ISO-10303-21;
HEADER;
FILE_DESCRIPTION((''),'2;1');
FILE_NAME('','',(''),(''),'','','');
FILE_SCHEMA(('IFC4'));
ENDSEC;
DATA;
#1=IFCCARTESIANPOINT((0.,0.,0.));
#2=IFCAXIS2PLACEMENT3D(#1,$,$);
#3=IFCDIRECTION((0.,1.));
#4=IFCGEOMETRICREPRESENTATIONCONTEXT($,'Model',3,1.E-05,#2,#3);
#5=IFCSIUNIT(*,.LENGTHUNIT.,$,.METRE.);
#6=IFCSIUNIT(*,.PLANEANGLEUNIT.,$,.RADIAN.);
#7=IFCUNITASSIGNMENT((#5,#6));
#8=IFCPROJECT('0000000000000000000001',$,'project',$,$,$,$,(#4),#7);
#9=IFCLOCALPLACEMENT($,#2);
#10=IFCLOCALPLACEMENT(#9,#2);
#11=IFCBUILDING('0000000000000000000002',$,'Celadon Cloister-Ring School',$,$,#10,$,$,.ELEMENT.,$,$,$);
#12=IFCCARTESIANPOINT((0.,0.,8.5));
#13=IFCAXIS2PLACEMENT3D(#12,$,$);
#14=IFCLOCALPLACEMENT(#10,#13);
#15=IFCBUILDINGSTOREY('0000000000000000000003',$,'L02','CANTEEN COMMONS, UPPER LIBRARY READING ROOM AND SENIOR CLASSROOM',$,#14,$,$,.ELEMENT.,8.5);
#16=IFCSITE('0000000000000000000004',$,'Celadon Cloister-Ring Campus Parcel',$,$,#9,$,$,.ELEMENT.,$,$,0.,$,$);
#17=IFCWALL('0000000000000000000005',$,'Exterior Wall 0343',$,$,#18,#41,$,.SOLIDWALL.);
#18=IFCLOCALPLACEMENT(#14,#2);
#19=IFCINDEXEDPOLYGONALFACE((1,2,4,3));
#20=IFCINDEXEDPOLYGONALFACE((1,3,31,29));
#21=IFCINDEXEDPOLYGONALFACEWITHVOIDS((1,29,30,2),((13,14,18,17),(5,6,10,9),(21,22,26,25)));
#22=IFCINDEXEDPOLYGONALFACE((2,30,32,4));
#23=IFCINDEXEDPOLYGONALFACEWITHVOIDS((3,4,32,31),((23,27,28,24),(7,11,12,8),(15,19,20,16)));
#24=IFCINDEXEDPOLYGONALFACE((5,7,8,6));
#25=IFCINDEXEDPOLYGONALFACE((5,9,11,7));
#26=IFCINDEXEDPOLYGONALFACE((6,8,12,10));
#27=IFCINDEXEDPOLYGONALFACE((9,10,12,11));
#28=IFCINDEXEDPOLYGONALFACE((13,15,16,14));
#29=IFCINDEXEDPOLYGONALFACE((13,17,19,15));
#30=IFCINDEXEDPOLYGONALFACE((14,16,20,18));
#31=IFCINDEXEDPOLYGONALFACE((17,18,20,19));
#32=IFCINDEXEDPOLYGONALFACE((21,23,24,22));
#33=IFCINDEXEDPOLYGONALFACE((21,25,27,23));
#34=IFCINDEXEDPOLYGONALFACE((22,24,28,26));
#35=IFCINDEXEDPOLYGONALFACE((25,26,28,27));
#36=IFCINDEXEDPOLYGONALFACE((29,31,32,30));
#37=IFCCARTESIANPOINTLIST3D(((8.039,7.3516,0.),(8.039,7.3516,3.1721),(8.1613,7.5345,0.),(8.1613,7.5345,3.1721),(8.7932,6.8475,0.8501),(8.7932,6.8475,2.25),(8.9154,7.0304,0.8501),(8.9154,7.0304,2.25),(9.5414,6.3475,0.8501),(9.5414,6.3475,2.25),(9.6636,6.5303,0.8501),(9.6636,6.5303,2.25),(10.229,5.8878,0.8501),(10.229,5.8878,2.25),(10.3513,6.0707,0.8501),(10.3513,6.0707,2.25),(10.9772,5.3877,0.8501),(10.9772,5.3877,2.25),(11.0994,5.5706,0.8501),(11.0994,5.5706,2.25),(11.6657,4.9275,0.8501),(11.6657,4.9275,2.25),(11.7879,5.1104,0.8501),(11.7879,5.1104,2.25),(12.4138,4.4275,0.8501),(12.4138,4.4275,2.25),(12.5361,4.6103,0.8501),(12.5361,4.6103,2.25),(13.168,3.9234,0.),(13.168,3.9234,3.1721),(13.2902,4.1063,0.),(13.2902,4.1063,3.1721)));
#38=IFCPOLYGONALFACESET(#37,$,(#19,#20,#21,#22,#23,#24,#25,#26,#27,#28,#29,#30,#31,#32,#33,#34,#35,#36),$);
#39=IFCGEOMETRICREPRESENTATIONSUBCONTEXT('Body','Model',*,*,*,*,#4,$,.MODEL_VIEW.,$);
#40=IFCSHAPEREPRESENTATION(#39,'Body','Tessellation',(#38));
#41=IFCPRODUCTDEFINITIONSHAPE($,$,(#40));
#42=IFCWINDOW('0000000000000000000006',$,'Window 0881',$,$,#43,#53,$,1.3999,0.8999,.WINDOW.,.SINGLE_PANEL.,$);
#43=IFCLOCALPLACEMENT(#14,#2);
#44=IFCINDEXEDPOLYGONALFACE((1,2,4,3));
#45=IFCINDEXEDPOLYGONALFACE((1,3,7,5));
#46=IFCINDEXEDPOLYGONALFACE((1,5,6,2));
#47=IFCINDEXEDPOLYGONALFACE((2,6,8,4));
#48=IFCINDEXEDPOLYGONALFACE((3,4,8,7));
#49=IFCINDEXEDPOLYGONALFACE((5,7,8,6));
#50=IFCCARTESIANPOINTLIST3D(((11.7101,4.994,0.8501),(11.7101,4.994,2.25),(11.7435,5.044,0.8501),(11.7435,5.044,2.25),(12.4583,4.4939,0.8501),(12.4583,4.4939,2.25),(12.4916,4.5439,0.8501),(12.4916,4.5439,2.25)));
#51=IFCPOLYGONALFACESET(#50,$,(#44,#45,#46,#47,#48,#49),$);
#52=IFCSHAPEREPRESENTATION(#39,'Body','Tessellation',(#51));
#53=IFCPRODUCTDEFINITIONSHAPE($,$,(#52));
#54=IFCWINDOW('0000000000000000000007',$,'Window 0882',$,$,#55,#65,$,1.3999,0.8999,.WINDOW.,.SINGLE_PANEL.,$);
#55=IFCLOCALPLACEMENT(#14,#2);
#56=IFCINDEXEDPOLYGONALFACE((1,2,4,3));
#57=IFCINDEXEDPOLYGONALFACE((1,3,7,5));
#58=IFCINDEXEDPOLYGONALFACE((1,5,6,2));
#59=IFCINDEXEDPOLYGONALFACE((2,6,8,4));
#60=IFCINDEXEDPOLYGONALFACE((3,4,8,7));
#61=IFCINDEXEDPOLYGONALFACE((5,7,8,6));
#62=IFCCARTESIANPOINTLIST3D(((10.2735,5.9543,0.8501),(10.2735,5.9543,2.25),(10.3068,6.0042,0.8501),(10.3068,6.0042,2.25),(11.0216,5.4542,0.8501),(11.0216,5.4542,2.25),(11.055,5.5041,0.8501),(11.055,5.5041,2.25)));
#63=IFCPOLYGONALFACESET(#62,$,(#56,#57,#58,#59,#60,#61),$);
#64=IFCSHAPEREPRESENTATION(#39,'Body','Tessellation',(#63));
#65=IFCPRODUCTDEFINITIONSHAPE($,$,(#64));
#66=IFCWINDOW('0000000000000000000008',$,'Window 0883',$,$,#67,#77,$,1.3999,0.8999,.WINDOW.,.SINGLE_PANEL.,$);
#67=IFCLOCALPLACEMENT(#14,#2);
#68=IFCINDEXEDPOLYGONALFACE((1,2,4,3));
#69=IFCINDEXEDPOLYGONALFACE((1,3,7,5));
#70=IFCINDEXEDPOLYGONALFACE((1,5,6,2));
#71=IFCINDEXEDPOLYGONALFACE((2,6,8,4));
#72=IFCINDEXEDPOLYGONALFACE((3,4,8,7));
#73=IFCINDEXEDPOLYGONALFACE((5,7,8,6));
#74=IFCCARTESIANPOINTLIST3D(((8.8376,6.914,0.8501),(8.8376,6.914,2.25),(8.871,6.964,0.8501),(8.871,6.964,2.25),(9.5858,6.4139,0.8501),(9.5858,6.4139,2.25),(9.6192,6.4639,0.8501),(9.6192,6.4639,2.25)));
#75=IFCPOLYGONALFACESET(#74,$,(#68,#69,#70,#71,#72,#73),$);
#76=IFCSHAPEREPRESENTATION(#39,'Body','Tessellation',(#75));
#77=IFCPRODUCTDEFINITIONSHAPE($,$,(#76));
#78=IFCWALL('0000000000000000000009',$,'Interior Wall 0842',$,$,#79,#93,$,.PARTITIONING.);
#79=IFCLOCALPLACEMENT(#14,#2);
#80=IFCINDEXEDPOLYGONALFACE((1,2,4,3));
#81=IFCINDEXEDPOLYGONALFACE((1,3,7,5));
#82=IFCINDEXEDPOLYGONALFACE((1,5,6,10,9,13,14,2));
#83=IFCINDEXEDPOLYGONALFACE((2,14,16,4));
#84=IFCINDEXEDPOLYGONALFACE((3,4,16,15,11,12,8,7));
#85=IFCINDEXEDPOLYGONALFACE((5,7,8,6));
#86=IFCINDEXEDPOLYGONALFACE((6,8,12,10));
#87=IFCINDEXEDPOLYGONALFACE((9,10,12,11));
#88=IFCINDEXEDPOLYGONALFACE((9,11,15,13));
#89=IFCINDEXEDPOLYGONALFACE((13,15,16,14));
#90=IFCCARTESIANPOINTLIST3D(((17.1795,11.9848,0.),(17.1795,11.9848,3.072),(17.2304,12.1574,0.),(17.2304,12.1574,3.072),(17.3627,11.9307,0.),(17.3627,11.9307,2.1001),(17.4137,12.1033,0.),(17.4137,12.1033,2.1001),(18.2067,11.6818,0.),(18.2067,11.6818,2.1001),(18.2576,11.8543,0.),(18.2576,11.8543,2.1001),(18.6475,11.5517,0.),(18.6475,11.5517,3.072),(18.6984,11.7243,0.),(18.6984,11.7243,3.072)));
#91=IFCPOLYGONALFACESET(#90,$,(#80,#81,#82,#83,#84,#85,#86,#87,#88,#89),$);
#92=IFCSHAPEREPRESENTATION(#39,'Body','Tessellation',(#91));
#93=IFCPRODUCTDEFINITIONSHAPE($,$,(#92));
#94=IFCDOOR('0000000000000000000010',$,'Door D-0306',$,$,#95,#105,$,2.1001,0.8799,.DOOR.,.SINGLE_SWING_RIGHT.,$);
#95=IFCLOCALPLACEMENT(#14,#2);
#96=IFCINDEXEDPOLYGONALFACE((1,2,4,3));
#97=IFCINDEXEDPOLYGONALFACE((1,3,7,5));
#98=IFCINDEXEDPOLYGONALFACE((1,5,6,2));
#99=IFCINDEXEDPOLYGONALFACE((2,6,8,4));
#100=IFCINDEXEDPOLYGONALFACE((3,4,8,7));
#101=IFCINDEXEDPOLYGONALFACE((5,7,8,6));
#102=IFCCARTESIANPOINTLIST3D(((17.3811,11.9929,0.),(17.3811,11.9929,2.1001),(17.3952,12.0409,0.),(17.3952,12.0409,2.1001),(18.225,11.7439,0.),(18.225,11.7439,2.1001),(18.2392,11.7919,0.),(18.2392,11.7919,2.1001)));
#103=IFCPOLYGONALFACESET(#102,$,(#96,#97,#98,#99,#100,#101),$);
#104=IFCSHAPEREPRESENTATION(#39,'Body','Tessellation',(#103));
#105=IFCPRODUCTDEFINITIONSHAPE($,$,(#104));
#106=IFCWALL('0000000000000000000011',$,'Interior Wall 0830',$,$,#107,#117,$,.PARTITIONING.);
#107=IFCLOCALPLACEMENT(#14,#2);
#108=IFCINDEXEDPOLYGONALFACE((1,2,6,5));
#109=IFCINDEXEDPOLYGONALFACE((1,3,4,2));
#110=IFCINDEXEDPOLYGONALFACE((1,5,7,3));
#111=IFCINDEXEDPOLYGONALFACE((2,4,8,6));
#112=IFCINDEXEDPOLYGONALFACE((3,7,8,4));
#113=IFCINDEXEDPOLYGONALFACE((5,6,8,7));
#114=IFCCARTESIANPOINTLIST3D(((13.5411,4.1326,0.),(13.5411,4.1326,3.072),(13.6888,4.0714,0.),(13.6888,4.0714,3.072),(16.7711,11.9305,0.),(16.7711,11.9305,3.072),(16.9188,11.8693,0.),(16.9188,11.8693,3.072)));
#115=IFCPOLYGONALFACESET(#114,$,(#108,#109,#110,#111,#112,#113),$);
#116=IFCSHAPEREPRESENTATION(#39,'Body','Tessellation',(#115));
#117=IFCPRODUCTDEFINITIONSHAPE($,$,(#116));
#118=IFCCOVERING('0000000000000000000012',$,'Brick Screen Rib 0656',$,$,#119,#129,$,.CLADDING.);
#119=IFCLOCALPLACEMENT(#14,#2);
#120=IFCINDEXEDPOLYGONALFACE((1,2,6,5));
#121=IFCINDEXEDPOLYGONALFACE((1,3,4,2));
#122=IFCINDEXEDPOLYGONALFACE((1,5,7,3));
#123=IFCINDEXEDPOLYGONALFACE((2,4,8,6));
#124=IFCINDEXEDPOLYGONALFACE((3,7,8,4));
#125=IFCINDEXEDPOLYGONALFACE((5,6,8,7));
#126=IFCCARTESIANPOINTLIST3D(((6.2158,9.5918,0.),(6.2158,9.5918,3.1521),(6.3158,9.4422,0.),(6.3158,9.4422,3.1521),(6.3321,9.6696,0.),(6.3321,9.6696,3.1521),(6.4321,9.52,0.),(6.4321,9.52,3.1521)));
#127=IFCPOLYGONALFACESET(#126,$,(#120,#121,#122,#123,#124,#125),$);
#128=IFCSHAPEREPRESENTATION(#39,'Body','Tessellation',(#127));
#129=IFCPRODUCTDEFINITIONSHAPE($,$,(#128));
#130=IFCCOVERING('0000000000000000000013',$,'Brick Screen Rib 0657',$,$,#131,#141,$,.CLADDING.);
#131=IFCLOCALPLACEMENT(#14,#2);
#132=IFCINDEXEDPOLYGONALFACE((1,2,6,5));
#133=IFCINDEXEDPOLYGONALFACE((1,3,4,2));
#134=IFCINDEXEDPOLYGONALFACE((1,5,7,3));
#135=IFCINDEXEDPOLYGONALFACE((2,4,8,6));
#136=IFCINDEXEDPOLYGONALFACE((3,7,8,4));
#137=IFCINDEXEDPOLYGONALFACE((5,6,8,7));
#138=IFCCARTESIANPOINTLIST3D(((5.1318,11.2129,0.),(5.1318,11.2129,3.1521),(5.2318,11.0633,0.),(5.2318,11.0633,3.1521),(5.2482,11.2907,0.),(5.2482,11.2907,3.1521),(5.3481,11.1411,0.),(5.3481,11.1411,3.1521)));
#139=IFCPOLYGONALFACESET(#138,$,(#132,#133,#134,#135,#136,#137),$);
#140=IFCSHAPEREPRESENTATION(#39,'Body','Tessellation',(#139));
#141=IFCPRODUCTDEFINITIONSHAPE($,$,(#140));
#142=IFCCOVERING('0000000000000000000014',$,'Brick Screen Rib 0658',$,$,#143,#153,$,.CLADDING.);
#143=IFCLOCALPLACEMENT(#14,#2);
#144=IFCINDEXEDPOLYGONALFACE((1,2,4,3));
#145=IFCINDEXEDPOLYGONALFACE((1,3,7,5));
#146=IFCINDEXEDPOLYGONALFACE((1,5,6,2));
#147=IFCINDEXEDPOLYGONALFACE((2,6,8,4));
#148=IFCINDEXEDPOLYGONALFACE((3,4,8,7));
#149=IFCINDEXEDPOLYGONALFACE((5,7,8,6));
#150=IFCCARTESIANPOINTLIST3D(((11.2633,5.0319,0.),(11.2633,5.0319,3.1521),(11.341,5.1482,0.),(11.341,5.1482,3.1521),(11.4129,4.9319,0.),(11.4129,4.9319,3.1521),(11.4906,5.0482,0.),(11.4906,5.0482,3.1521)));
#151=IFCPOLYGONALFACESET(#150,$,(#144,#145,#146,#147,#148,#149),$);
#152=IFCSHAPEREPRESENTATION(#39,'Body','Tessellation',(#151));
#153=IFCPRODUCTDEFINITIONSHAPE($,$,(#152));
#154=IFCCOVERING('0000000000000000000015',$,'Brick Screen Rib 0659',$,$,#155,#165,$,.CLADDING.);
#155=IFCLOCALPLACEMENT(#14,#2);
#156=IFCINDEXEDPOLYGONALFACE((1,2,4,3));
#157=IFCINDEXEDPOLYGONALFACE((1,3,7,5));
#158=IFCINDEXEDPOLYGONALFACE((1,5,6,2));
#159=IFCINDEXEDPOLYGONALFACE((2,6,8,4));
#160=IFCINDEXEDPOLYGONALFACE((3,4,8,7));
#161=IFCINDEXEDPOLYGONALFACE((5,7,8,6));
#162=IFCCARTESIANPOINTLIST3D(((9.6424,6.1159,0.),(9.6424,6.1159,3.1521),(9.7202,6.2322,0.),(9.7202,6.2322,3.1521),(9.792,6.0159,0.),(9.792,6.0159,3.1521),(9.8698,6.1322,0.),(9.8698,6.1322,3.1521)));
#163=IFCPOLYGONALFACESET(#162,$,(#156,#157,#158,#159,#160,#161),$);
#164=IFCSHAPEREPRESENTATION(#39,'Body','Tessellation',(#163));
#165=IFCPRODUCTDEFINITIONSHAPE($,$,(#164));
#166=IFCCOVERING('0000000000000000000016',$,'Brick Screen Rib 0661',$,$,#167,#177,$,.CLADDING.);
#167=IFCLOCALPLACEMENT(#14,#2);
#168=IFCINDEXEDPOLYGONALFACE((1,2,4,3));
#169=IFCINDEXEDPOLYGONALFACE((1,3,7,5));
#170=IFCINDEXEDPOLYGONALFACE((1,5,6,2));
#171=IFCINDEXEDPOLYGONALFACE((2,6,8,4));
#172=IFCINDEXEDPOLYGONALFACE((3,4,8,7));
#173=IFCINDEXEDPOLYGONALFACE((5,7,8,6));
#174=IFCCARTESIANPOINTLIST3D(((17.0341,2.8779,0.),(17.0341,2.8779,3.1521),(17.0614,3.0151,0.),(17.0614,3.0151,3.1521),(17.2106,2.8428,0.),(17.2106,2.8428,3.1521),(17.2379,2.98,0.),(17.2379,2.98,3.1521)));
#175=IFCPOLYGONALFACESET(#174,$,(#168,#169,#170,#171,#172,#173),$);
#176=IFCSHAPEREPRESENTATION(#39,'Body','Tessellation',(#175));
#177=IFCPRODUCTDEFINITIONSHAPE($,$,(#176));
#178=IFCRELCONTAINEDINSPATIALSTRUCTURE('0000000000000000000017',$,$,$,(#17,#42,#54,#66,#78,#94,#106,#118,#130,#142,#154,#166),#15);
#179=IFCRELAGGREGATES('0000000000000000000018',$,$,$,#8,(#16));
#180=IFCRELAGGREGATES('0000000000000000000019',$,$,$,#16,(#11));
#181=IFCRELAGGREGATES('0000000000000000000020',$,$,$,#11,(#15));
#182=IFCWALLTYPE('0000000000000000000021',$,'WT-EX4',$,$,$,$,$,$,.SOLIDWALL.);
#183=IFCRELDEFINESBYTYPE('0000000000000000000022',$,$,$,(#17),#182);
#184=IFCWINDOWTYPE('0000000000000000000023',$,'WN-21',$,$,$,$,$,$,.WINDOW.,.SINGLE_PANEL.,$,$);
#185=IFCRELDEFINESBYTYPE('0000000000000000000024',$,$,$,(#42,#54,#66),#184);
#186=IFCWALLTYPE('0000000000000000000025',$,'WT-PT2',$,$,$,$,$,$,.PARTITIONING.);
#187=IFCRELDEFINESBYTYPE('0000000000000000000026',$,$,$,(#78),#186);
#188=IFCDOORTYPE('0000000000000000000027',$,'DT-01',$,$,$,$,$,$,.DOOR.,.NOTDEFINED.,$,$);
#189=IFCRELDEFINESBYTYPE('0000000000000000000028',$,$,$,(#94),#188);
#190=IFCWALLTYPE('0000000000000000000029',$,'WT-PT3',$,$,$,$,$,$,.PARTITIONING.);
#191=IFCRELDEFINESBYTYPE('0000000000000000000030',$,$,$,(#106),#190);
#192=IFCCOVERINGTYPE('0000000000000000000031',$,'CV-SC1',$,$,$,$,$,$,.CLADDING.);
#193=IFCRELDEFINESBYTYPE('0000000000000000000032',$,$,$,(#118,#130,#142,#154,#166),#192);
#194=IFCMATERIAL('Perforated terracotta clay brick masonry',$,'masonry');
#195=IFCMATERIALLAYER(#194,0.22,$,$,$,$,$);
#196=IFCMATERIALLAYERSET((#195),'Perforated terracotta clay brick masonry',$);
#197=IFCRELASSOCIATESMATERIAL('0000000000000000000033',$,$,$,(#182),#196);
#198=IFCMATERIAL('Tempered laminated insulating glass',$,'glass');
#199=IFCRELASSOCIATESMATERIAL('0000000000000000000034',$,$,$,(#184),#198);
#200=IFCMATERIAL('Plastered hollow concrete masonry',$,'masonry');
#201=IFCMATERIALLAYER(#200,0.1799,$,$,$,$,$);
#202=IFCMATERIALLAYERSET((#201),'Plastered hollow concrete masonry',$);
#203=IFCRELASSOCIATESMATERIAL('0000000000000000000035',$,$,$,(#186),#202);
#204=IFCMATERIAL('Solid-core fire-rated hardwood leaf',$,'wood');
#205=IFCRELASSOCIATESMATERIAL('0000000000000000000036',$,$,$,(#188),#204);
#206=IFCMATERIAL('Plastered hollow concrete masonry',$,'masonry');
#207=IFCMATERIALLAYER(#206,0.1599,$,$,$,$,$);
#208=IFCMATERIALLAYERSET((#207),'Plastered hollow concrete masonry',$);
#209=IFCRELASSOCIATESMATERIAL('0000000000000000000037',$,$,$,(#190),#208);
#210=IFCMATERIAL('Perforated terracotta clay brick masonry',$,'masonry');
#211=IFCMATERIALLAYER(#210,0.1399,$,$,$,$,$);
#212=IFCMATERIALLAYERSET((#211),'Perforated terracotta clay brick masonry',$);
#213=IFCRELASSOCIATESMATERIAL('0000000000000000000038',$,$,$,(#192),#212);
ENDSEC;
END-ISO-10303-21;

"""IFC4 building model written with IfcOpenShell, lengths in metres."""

from ifc_helpers import new_model, si_unit, direction, frame, frame_2d, origin, origin_2d, place, context, subcontext, project, spatial, rectangle, extrude, material, layer, layer_set, type_object, element, fill, save


model = new_model("IFC4")

# Units and contexts
model_context = context("Model", 3, precision=1e-05, world=origin(), true_north=direction((0.0, 1.0)))
body_context = subcontext(model_context, "Body", "Model", "MODEL_VIEW")
ifc_project = project(units=[si_unit("LENGTHUNIT", "METRE"), si_unit("PLANEANGLEUNIT", "RADIAN")], contexts=[model_context])

# Site, building, storey
site_placement = place(None, origin())
site = spatial("IfcSite", under=ifc_project, at=site_placement, Name="Celadon Cloister-Ring Campus Parcel", CompositionType="ELEMENT", RefElevation=0.0)
building_placement = place(site_placement, origin())
building = spatial("IfcBuilding", under=site, at=building_placement, Name="Celadon Cloister-Ring School", CompositionType="ELEMENT")
storey_placement = place(building_placement, frame((0.0, 0.0, 8.5)))
storey = spatial("IfcBuildingStorey", under=building, at=storey_placement, Name="L02", Description="CANTEEN COMMONS, UPPER LIBRARY READING ROOM AND SENIOR CLASSROOM", CompositionType="ELEMENT", Elevation=8.5)

# Wall, openings, windows
ifc_material_1 = material(Name="Perforated terracotta clay brick masonry", Category="masonry")
ifc_layer_1 = layer(ifc_material_1, 0.22)
ifc_layer_set_1 = layer_set([ifc_layer_1], Name="Perforated terracotta clay brick masonry")
wall_type_1 = type_object("IfcWallType", Name="WT-EX4", PredefinedType="SOLIDWALL", material=ifc_layer_set_1)
ifc_material_2 = material(Name="Tempered laminated insulating glass", Category="glass")
window_type = type_object("IfcWindowType", Name="WN-21", PartitioningType="SINGLE_PANEL", PredefinedType="WINDOW", material=ifc_material_2)
wall_1_placement = place(storey_placement, frame((13.229, 4.0149, 0.0), z_axis=(0.0, 0.0, 1.0), x_axis=(-0.83138, 0.555704, 0.0)))
wall_1 = element("IfcWall", 1, at=wall_1_placement, inside=storey, type_object=wall_type_1, Name="Exterior Wall 0343", PredefinedType="SOLIDWALL", context=body_context, shape_type="SweptSolid", body=[
    extrude(rectangle(XDim=6.1692, YDim=0.22, at=frame_2d((3.0845, 0.0))), origin(), (0.0, 0.0, 1.0), 3.1721),
])
opening_1_placement = place(wall_1_placement, frame((0.907, 0.0, 0.8501)))
opening_1 = element("IfcOpeningElement", 2, at=opening_1_placement, cuts=wall_1, PredefinedType="OPENING", context=body_context, shape_type="SweptSolid", body=[
    extrude(rectangle(XDim=0.8999, YDim=1.3999, at=frame_2d((0.45, 0.7))), frame((0.0, 0.1201, 0.0), z_axis=(0.0, -1.0, 0.0), x_axis=(1.0, 0.0, 0.0)), (0.0, 0.0, 1.0), 0.24),
])
opening_2_placement = place(wall_1_placement, frame((2.635, 0.0, 0.8501)))
opening_2 = element("IfcOpeningElement", 3, at=opening_2_placement, cuts=wall_1, PredefinedType="OPENING", context=body_context, shape_type="SweptSolid", body=[
    extrude(rectangle(XDim=0.8999, YDim=1.3999, at=frame_2d((0.45, 0.7))), frame((0.0, 0.1201, 0.0), z_axis=(0.0, -1.0, 0.0), x_axis=(1.0, 0.0, 0.0)), (0.0, 0.0, 1.0), 0.24),
])
opening_3_placement = place(wall_1_placement, frame((4.3621, 0.0, 0.8501)))
opening_3 = element("IfcOpeningElement", 4, at=opening_3_placement, cuts=wall_1, PredefinedType="OPENING", context=body_context, shape_type="SweptSolid", body=[
    extrude(rectangle(XDim=0.8999, YDim=1.3999, at=frame_2d((0.45, 0.7))), frame((0.0, 0.1201, 0.0), z_axis=(0.0, -1.0, 0.0), x_axis=(1.0, 0.0, 0.0)), (0.0, 0.0, 1.0), 0.24),
])
window_1_placement = place(opening_1_placement, origin())
window_1 = element("IfcWindow", 5, at=window_1_placement, inside=storey, type_object=window_type, Name="Window 0881", OverallHeight=1.3999, OverallWidth=0.8999, PartitioningType="SINGLE_PANEL", PredefinedType="WINDOW", context=body_context, shape_type="SweptSolid", body=[
    extrude(rectangle(XDim=0.8999, YDim=1.3999, at=frame_2d((0.45, 0.7))), frame((0.0, 0.03, 0.0), z_axis=(0.0, -1.0, 0.0), x_axis=(1.0, 0.0, 0.0)), (0.0, 0.0, 1.0), 0.0601),
])
fill(opening_1, window_1)
window_2_placement = place(opening_2_placement, origin())
window_2 = element("IfcWindow", 6, at=window_2_placement, inside=storey, type_object=window_type, Name="Window 0882", OverallHeight=1.3999, OverallWidth=0.8999, PartitioningType="SINGLE_PANEL", PredefinedType="WINDOW", context=body_context, shape_type="SweptSolid", body=[
    extrude(rectangle(XDim=0.8999, YDim=1.3999, at=frame_2d((0.45, 0.7))), frame((0.0, 0.03, 0.0), z_axis=(0.0, -1.0, 0.0), x_axis=(1.0, 0.0, 0.0)), (0.0, 0.0, 1.0), 0.0601),
])
fill(opening_2, window_2)
window_3_placement = place(opening_3_placement, origin())
window_3 = element("IfcWindow", 7, at=window_3_placement, inside=storey, type_object=window_type, Name="Window 0883", OverallHeight=1.3999, OverallWidth=0.8999, PartitioningType="SINGLE_PANEL", PredefinedType="WINDOW", context=body_context, shape_type="SweptSolid", body=[
    extrude(rectangle(XDim=0.8999, YDim=1.3999, at=frame_2d((0.45, 0.7))), frame((0.0, 0.03, 0.0), z_axis=(0.0, -1.0, 0.0), x_axis=(1.0, 0.0, 0.0)), (0.0, 0.0, 1.0), 0.0601),
])
fill(opening_3, window_3)

# Wall, opening, door
ifc_material_3 = material(Name="Plastered hollow concrete masonry", Category="masonry")
ifc_layer_2 = layer(ifc_material_3, 0.1799)
ifc_layer_set_2 = layer_set([ifc_layer_2], Name="Plastered hollow concrete masonry")
wall_type_2 = type_object("IfcWallType", Name="WT-PT2", PredefinedType="PARTITIONING", material=ifc_layer_set_2)
wall_2_placement = place(storey_placement, frame((17.2051, 12.071, 0.0), z_axis=(0.0, 0.0, 1.0), x_axis=(0.959129, -0.282969, 0.0)))
wall_2 = element("IfcWall", 8, at=wall_2_placement, inside=storey, type_object=wall_type_2, Name="Interior Wall 0842", PredefinedType="PARTITIONING", context=body_context, shape_type="SweptSolid", body=[
    extrude(rectangle(XDim=1.5305, YDim=0.1799, at=frame_2d((0.7651, 0.0))), origin(), (0.0, 0.0, 1.0), 3.072),
])
opening_4_placement = place(wall_2_placement, frame((0.1909, 0.0, 0.0)))
opening_4 = element("IfcOpeningElement", 9, at=opening_4_placement, cuts=wall_2, PredefinedType="OPENING", context=body_context, shape_type="SweptSolid", body=[
    extrude(rectangle(XDim=0.8799, YDim=2.1001, at=frame_2d((0.4399, 1.05))), frame((0.0, 0.1001, 0.0), z_axis=(0.0, -1.0, 0.0), x_axis=(1.0, 0.0, 0.0)), (0.0, 0.0, 1.0), 0.2),
])
ifc_material_4 = material(Name="Solid-core fire-rated hardwood leaf", Category="wood")
door_type = type_object("IfcDoorType", Name="DT-01", OperationType="NOTDEFINED", PredefinedType="DOOR", material=ifc_material_4)
door_placement = place(opening_4_placement, origin())
door = element("IfcDoor", 10, at=door_placement, inside=storey, type_object=door_type, Name="Door D-0306", OperationType="SINGLE_SWING_RIGHT", OverallHeight=2.1001, OverallWidth=0.8799, PredefinedType="DOOR", context=body_context, shape_type="SweptSolid", body=[
    extrude(rectangle(XDim=0.8799, YDim=2.1001, at=frame_2d((0.4399, 1.05))), frame((0.0, 0.0249, 0.0), z_axis=(0.0, -1.0, 0.0), x_axis=(1.0, 0.0, 0.0)), (0.0, 0.0, 1.0), 0.05),
])
fill(opening_4, door)

# Wall
ifc_material_5 = material(Name="Plastered hollow concrete masonry", Category="masonry")
ifc_layer_3 = layer(ifc_material_5, 0.1599)
ifc_layer_set_3 = layer_set([ifc_layer_3], Name="Plastered hollow concrete masonry")
wall_type_3 = type_object("IfcWallType", Name="WT-PT3", PredefinedType="PARTITIONING", material=ifc_layer_set_3)
wall_3_placement = place(storey_placement, frame((16.845, 11.8999, 0.0), z_axis=(0.0, 0.0, 1.0), x_axis=(-0.382684, -0.923879, 0.0)))
element("IfcWall", 11, at=wall_3_placement, inside=storey, type_object=wall_type_3, Name="Interior Wall 0830", PredefinedType="PARTITIONING", context=body_context, shape_type="SweptSolid", body=[
    extrude(rectangle(XDim=8.4404, YDim=0.1599, at=frame_2d((4.2202, 0.0))), origin(), (0.0, 0.0, 1.0), 3.072),
])

# Coverings
ifc_material_6 = material(Name="Perforated terracotta clay brick masonry", Category="masonry")
ifc_layer_4 = layer(ifc_material_6, 0.1399)
ifc_layer_set_4 = layer_set([ifc_layer_4], Name="Perforated terracotta clay brick masonry")
covering_type = type_object("IfcCoveringType", Name="CV-SC1", PredefinedType="CLADDING", material=ifc_layer_set_4)
for number, where, z_axis, x_axis, name in (
    (12, (6.324, 9.5559, 0.0), (0.0, 0.0, 1.0), (-0.555672, 0.831402, 0.0), "Brick Screen Rib 0656"),
    (13, (5.24, 11.177, 0.0), (0.0, 0.0, 1.0), (-0.555672, 0.831402, 0.0), "Brick Screen Rib 0657"),
    (14, (11.377, 5.04, 0.0), (0.0, 0.0, 1.0), (-0.831402, 0.555672, 0.0), "Brick Screen Rib 0658"),
    (15, (9.7561, 6.124, 0.0), (0.0, 0.0, 1.0), (-0.831402, 0.555672, 0.0), "Brick Screen Rib 0659"),
    (16, (17.136, 2.929, 0.0), (0.0, 0.0, 1.0), (-0.980775, 0.195142, 0.0), "Brick Screen Rib 0661"),
):
    element("IfcCovering", number, at=place(storey_placement, frame(where, z_axis=z_axis, x_axis=x_axis)), inside=storey, type_object=covering_type, Name=name, PredefinedType="CLADDING", context=body_context, shape_type="SweptSolid", body=[
        extrude(rectangle(XDim=0.1799, YDim=0.1399, at=origin_2d()), origin(), (0.0, 0.0, 1.0), 3.1521),
    ])

save(model, "model.ifc")
